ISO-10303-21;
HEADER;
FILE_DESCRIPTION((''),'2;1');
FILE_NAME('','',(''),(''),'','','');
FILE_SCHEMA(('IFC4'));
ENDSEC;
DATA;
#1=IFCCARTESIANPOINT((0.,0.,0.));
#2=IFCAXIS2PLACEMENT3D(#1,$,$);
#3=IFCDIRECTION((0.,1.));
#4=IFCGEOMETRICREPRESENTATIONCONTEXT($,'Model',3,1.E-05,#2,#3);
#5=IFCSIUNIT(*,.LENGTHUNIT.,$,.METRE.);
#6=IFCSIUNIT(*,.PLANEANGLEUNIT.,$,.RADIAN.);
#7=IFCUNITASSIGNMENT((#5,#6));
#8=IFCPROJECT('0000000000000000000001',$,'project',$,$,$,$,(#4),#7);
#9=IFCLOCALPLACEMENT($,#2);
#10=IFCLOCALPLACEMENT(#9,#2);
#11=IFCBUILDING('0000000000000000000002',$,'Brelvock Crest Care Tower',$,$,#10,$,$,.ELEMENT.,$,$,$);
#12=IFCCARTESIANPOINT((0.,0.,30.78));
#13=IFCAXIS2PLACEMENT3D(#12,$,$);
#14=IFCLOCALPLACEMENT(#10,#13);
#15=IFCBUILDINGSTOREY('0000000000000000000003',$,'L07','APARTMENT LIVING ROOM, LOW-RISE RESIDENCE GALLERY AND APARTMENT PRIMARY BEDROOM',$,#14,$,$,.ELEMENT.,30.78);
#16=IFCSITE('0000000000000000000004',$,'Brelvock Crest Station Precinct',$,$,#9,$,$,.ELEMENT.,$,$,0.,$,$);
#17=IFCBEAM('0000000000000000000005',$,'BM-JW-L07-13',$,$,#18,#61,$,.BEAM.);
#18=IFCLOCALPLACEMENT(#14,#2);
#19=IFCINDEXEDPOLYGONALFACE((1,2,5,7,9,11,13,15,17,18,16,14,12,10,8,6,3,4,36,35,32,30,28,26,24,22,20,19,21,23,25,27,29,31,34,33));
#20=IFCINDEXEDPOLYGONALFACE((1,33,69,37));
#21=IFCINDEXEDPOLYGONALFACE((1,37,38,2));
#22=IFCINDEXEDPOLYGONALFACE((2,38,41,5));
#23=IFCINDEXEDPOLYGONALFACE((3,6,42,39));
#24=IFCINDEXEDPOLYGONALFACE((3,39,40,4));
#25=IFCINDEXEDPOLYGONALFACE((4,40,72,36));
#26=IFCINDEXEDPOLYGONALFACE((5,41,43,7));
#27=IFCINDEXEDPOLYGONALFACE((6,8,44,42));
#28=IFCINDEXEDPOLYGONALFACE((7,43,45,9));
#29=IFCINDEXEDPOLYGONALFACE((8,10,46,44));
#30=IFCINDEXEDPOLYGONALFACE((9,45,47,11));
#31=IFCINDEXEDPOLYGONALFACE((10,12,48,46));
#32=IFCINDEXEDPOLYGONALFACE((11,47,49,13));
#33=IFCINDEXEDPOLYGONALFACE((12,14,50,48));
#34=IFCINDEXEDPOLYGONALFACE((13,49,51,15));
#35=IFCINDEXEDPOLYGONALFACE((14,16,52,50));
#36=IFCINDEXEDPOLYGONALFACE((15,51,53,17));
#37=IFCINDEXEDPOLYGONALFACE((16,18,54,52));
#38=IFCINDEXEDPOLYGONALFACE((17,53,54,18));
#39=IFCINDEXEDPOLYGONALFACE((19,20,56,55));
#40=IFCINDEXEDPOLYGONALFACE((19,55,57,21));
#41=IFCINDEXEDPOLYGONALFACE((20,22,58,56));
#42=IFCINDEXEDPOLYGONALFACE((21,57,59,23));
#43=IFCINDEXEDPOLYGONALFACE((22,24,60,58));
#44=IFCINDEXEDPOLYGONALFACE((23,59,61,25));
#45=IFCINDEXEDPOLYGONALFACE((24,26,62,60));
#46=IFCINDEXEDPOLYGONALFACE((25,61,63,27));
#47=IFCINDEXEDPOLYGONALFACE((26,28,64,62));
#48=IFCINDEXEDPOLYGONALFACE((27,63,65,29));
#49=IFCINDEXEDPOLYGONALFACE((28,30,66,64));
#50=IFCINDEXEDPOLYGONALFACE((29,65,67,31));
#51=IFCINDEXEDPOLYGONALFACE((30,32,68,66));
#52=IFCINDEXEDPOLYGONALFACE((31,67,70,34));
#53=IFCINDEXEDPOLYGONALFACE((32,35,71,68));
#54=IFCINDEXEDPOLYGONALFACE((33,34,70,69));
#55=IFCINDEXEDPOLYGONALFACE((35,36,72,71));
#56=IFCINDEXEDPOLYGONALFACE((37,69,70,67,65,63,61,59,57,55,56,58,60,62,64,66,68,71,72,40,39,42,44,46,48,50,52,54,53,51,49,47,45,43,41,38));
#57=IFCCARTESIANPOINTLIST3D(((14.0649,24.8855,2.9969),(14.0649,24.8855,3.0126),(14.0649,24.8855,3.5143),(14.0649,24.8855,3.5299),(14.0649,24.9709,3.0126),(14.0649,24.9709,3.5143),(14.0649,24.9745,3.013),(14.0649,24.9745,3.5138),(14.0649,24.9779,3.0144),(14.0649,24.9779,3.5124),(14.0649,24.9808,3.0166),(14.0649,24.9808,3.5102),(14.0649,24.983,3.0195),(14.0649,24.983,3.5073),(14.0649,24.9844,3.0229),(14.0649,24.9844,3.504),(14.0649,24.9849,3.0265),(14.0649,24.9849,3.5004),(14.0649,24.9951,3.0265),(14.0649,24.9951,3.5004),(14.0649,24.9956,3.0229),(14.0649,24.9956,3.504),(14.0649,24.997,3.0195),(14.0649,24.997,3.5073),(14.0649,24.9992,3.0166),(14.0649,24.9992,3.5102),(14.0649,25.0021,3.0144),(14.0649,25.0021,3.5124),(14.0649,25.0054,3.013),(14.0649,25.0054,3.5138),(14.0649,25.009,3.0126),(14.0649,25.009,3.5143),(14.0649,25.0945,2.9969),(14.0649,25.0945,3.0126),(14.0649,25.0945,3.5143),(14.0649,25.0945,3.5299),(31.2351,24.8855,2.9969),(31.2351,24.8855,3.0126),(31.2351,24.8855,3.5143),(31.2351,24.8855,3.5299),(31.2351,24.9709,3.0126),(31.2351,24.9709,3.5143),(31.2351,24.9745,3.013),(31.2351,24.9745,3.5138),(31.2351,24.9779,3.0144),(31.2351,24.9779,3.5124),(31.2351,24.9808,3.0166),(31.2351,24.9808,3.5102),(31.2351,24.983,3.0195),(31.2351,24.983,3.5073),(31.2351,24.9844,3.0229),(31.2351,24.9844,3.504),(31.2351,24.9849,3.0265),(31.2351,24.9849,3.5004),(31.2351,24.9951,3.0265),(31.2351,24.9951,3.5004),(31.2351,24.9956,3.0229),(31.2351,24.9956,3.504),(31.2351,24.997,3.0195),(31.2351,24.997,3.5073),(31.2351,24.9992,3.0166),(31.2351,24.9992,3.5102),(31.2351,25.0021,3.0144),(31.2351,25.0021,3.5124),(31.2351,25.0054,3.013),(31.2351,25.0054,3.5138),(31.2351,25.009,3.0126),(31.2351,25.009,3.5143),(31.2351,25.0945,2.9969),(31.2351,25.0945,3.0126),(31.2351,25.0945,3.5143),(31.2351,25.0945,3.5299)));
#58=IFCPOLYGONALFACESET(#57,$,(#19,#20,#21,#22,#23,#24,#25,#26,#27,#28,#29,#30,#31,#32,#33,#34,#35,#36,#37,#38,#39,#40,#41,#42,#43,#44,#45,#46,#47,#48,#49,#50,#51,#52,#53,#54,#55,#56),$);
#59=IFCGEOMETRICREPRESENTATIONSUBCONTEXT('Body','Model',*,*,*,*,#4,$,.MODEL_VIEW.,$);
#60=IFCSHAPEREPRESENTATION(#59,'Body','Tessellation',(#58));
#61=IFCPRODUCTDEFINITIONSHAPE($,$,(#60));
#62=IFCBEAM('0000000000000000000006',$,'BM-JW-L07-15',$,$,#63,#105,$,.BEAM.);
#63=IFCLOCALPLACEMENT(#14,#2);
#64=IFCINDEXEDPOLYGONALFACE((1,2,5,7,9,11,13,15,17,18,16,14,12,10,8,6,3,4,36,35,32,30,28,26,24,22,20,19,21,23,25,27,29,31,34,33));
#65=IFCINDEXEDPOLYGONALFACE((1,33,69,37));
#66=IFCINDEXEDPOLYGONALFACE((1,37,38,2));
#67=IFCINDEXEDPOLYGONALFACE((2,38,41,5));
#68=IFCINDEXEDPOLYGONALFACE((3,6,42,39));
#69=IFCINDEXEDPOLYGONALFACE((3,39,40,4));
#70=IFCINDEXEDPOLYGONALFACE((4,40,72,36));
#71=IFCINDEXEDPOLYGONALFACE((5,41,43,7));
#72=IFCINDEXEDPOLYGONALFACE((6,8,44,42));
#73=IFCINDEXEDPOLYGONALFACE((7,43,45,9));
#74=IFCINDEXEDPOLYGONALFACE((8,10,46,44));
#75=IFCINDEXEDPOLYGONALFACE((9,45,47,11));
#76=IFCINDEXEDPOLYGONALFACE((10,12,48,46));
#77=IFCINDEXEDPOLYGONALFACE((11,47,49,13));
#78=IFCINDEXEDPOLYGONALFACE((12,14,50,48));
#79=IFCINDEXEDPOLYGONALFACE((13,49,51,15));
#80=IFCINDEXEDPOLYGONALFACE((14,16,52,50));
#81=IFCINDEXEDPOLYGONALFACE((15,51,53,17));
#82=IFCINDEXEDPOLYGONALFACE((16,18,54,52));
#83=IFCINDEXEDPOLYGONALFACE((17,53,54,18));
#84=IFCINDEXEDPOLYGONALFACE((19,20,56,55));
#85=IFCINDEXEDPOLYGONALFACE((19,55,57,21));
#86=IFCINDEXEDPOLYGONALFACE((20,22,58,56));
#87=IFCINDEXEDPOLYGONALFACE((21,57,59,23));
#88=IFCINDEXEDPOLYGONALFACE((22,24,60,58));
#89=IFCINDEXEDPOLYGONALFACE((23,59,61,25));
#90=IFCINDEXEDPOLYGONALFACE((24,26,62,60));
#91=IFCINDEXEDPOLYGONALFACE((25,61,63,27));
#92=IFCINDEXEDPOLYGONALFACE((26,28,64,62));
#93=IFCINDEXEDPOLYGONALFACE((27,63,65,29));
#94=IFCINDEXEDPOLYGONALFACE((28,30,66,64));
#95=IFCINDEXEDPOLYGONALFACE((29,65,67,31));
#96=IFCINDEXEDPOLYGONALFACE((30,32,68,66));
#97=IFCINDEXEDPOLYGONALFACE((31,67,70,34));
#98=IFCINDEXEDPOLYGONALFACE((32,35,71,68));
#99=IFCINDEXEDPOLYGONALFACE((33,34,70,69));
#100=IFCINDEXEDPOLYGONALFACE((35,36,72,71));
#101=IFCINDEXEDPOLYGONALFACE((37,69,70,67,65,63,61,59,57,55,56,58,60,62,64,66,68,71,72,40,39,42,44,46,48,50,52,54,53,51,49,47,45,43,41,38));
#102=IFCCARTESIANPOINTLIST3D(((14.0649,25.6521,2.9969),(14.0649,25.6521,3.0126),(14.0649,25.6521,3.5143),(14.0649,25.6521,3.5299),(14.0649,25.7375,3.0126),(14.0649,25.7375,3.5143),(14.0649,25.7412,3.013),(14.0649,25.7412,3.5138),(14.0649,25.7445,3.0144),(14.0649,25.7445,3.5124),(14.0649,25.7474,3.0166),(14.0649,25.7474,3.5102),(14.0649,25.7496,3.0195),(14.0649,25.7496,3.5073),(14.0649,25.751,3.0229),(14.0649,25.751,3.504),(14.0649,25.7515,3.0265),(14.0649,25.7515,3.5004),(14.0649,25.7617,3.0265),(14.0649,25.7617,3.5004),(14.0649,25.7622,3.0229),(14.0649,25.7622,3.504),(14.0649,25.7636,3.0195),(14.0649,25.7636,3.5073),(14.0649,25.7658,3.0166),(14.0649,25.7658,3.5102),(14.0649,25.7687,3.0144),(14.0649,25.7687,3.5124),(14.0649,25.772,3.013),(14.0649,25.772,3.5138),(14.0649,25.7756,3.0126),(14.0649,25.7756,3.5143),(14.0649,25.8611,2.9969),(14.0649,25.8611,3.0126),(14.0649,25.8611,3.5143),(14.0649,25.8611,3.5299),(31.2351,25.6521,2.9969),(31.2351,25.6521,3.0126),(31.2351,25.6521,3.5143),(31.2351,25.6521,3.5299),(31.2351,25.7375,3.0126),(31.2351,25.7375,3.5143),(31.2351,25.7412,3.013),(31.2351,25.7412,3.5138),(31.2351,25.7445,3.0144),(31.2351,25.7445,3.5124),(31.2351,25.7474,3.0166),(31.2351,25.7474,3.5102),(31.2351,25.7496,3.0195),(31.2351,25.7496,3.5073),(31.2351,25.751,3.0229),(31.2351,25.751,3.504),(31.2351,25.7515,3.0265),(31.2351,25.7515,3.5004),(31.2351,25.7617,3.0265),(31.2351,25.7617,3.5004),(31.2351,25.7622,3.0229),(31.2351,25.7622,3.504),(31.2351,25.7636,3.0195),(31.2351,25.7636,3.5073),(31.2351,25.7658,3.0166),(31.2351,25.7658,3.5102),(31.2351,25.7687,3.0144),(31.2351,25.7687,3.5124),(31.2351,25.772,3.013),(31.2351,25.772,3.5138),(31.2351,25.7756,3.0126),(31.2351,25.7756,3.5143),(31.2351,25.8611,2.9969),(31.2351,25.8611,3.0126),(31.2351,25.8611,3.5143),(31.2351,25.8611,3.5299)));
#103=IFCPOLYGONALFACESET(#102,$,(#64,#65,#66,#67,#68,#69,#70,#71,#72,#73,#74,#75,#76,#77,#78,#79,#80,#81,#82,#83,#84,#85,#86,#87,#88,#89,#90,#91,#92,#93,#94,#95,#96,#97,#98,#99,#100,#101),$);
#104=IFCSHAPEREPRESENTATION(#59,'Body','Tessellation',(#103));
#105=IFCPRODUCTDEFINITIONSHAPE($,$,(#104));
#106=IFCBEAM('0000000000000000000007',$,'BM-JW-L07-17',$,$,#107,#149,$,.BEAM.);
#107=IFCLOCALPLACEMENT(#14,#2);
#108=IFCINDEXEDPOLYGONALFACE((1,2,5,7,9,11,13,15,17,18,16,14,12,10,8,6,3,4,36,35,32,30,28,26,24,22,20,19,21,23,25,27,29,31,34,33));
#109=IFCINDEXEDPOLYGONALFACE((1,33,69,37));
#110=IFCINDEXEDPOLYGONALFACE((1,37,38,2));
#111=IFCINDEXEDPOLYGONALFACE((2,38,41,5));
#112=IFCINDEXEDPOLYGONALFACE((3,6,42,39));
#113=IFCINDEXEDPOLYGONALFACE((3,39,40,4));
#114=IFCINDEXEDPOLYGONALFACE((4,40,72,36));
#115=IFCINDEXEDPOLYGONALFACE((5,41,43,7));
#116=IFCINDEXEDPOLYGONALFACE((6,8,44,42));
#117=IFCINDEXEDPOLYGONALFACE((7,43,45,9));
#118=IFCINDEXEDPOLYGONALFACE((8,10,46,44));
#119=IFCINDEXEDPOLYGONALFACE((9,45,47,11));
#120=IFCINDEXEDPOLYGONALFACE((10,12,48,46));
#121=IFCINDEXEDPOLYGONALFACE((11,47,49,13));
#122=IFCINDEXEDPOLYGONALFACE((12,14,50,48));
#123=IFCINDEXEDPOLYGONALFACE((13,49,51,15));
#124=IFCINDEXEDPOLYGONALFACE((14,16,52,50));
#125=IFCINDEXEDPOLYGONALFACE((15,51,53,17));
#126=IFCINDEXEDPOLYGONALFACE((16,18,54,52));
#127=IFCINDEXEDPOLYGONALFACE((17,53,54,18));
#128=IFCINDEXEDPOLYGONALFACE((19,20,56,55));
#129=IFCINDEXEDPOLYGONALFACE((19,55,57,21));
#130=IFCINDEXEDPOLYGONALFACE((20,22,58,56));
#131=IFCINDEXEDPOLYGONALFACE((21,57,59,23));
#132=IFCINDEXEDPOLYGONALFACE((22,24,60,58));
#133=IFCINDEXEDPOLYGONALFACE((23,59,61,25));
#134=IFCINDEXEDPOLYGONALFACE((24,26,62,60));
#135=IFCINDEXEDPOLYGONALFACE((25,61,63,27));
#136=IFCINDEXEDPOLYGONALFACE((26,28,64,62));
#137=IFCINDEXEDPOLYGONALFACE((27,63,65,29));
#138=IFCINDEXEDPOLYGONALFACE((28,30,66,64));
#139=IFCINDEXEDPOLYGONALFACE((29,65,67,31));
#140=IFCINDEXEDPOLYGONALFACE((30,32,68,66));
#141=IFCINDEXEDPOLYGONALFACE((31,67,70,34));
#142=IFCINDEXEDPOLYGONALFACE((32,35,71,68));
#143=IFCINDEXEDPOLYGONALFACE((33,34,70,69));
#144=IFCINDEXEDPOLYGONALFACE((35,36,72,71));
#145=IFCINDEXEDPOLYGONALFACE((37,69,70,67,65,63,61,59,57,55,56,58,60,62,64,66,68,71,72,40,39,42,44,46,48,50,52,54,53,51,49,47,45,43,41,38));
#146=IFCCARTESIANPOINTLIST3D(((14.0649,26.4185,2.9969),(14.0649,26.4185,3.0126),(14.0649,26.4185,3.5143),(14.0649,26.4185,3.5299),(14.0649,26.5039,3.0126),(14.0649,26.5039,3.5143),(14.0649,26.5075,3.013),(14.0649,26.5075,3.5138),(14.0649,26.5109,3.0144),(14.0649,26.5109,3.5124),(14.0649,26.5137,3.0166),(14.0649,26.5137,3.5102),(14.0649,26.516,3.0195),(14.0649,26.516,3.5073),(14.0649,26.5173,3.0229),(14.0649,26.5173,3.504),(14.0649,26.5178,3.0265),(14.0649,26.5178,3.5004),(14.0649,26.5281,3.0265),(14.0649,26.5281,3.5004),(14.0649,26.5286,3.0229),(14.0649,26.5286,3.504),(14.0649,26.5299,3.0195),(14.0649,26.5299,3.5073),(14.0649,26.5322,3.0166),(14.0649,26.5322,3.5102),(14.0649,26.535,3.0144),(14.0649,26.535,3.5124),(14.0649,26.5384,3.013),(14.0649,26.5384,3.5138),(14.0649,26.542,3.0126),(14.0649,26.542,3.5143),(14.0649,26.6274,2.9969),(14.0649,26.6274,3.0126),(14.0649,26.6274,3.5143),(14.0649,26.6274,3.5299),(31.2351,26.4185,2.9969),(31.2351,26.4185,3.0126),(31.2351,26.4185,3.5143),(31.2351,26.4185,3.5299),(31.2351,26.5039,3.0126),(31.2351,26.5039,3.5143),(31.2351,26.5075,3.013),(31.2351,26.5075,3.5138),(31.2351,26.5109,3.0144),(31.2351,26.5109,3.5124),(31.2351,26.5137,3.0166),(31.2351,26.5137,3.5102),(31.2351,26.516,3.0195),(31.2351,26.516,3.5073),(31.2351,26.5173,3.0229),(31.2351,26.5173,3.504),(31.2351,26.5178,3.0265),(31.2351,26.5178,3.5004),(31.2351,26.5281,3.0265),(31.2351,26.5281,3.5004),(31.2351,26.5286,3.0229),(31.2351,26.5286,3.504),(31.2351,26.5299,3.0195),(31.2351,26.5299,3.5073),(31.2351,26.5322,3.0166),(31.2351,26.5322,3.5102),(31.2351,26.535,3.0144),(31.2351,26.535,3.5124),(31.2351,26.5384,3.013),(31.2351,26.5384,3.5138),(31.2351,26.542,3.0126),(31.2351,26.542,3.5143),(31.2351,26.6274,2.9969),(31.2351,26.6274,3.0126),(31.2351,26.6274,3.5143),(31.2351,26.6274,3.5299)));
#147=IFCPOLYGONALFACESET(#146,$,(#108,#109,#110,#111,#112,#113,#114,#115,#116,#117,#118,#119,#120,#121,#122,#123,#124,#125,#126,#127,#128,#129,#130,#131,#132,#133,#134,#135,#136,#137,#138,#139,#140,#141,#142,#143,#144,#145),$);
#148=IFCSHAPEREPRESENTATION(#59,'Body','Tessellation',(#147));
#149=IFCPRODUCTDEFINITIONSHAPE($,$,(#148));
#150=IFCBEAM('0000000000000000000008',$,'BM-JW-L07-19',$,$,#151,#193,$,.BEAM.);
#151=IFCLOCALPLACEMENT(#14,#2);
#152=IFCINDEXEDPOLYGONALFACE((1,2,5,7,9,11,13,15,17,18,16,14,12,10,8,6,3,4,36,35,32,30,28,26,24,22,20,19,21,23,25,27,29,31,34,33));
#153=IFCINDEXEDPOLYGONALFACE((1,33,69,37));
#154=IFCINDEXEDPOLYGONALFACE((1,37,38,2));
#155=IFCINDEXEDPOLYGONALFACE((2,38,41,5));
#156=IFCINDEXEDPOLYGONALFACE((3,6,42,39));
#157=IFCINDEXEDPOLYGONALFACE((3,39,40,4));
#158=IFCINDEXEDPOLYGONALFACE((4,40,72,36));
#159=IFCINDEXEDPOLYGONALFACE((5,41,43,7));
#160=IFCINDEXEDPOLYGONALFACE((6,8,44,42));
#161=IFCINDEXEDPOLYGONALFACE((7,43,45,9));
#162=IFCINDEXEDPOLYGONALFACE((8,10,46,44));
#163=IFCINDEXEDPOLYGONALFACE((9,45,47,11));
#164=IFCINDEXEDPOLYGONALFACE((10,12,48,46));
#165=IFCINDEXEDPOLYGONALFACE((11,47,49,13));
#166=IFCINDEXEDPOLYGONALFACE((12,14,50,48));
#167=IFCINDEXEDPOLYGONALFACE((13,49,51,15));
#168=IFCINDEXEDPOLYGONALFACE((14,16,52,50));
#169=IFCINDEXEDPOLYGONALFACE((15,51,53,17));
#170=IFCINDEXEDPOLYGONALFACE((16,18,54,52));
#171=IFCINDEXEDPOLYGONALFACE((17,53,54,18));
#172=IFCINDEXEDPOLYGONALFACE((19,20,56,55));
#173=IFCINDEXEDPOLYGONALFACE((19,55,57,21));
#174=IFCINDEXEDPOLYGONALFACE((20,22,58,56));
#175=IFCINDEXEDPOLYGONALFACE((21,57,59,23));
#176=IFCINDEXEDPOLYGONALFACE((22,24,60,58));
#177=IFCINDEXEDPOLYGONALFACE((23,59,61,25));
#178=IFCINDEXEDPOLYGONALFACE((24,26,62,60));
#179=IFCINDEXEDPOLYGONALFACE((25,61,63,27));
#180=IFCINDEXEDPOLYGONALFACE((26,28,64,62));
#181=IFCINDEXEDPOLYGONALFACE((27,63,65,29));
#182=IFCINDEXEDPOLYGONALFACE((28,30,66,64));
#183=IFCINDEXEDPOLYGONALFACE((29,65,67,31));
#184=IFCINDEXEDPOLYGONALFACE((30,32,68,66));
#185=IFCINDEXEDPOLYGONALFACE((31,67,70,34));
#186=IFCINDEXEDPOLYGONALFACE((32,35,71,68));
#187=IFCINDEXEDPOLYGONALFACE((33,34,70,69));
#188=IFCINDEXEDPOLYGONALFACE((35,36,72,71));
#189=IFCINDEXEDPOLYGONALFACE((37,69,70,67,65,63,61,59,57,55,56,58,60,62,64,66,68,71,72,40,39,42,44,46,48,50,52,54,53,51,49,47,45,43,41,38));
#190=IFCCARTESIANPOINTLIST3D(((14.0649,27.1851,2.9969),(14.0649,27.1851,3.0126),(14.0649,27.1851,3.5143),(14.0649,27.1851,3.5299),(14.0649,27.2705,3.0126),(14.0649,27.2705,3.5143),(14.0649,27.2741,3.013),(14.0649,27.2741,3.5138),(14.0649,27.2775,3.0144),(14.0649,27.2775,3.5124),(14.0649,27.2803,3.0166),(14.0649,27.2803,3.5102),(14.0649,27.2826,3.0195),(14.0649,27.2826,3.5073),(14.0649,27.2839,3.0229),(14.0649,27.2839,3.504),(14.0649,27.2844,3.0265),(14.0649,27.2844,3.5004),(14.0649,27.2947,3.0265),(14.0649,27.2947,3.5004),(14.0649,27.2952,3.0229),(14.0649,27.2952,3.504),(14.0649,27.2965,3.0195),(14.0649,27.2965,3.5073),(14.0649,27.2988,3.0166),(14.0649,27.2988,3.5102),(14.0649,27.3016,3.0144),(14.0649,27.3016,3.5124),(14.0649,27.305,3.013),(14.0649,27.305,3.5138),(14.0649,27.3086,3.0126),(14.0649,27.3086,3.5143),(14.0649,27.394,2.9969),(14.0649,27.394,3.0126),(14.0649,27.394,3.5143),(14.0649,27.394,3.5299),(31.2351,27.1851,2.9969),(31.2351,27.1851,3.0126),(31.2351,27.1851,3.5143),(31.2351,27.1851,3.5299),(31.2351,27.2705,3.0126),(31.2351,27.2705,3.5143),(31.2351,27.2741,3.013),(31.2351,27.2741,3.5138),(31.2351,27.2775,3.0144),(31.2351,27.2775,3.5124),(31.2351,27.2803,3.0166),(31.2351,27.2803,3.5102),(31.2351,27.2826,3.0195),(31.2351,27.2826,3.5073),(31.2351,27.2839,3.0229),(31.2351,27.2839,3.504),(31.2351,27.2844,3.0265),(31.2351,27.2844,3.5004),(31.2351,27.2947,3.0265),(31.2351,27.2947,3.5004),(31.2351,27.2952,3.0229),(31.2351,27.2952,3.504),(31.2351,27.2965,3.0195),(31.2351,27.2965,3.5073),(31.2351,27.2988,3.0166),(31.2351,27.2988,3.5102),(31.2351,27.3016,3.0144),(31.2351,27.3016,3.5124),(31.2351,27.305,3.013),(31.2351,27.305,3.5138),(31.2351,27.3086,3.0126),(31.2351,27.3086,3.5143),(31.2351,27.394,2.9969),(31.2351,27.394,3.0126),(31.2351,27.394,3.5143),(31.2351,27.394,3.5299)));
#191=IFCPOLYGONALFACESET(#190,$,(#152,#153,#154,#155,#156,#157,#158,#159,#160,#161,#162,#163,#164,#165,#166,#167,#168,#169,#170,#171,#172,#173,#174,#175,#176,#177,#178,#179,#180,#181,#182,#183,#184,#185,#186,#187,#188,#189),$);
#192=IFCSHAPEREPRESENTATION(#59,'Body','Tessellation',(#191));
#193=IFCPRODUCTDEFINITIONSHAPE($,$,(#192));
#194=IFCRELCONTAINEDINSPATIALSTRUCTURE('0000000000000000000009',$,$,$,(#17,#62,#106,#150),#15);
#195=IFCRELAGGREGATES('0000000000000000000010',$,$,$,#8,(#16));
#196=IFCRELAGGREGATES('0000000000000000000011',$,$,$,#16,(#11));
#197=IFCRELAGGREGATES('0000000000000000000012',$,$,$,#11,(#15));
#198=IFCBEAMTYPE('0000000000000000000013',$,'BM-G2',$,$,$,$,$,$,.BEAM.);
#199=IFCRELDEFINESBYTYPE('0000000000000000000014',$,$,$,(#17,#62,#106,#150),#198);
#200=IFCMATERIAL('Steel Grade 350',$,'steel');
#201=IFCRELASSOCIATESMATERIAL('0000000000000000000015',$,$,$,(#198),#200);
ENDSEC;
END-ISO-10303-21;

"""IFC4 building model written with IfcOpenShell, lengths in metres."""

from ifc_helpers import new_model, si_unit, direction, frame, origin, origin_2d, place, context, subcontext, project, spatial, i_section, extrude, source, transform, mapped, material, material_profile, profile_set, type_object, element, save


model = new_model("IFC4")

# Units and contexts
model_context = context("Model", 3, precision=1e-05, world=origin(), true_north=direction((0.0, 1.0)))
body_context = subcontext(model_context, "Body", "Model", "MODEL_VIEW")
ifc_project = project(units=[si_unit("LENGTHUNIT", "METRE"), si_unit("PLANEANGLEUNIT", "RADIAN")], contexts=[model_context])

# Site, building, storey
site_placement = place(None, origin())
site = spatial("IfcSite", under=ifc_project, at=site_placement, Name="Brelvock Crest Station Precinct", CompositionType="ELEMENT", RefElevation=0.0)
building_placement = place(site_placement, origin())
building = spatial("IfcBuilding", under=site, at=building_placement, Name="Brelvock Crest Care Tower", CompositionType="ELEMENT")
storey_placement = place(building_placement, frame((0.0, 0.0, 30.78)))
storey = spatial("IfcBuildingStorey", under=building, at=storey_placement, Name="L07", Description="APARTMENT LIVING ROOM, LOW-RISE RESIDENCE GALLERY AND APARTMENT PRIMARY BEDROOM", CompositionType="ELEMENT", Elevation=30.78)

# Beams
ifc_material_1 = material(Name="Steel Grade 350", Category="steel")
ifc_material_profile_1 = material_profile(ifc_material_1, i_section(OverallWidth=0.209, OverallDepth=0.533, WebThickness=0.0103, FlangeThickness=0.0156, FilletRadius=0.0139, at=origin_2d()), Name="530UB92.4")
ifc_profile_set_1 = profile_set([ifc_material_profile_1], Name="Steel Grade 350")
beam_type_1 = type_object("IfcBeamType", Name="BM-G2", PredefinedType="BEAM", material=ifc_profile_set_1)
shared_shape_1 = source(origin(), body_context, "Body", "SweptSolid", [
    extrude(i_section(OverallWidth=0.209, OverallDepth=0.533, WebThickness=0.0103, FlangeThickness=0.0156, FilletRadius=0.0139, at=origin_2d()), origin(), (0.0, 0.0, 1.0), 17.1702),
])
for number, where, z_axis, x_axis, name in (
    (1, (14.0649, 24.99, 3.2634), (1.0, 0.0, 0.0), (0.0, 1.0, 0.0), "BM-JW-L07-13"),
    (2, (14.0649, 25.7566, 3.2634), (1.0, 0.0, 0.0), (0.0, 1.0, 0.0), "BM-JW-L07-15"),
    (3, (14.0649, 26.5229, 3.2634), (1.0, 0.0, 0.0), (0.0, 1.0, 0.0), "BM-JW-L07-17"),
    (4, (14.0649, 27.2896, 3.2634), (1.0, 0.0, 0.0), (0.0, 1.0, 0.0), "BM-JW-L07-19"),
):
    element("IfcBeam", number, at=place(storey_placement, frame(where, z_axis=z_axis, x_axis=x_axis)), inside=storey, type_object=beam_type_1, Name=name, PredefinedType="BEAM", context=body_context, shape_type="MappedRepresentation", body=[
        mapped(shared_shape_1, transform((0.0, 0.0, 0.0), x_axis=(1.0, 0.0, 0.0), y_axis=(0.0, 1.0, 0.0), z_axis=(0.0, 0.0, 1.0), scale=1.0)),
    ])

save(model, "model.ifc")
